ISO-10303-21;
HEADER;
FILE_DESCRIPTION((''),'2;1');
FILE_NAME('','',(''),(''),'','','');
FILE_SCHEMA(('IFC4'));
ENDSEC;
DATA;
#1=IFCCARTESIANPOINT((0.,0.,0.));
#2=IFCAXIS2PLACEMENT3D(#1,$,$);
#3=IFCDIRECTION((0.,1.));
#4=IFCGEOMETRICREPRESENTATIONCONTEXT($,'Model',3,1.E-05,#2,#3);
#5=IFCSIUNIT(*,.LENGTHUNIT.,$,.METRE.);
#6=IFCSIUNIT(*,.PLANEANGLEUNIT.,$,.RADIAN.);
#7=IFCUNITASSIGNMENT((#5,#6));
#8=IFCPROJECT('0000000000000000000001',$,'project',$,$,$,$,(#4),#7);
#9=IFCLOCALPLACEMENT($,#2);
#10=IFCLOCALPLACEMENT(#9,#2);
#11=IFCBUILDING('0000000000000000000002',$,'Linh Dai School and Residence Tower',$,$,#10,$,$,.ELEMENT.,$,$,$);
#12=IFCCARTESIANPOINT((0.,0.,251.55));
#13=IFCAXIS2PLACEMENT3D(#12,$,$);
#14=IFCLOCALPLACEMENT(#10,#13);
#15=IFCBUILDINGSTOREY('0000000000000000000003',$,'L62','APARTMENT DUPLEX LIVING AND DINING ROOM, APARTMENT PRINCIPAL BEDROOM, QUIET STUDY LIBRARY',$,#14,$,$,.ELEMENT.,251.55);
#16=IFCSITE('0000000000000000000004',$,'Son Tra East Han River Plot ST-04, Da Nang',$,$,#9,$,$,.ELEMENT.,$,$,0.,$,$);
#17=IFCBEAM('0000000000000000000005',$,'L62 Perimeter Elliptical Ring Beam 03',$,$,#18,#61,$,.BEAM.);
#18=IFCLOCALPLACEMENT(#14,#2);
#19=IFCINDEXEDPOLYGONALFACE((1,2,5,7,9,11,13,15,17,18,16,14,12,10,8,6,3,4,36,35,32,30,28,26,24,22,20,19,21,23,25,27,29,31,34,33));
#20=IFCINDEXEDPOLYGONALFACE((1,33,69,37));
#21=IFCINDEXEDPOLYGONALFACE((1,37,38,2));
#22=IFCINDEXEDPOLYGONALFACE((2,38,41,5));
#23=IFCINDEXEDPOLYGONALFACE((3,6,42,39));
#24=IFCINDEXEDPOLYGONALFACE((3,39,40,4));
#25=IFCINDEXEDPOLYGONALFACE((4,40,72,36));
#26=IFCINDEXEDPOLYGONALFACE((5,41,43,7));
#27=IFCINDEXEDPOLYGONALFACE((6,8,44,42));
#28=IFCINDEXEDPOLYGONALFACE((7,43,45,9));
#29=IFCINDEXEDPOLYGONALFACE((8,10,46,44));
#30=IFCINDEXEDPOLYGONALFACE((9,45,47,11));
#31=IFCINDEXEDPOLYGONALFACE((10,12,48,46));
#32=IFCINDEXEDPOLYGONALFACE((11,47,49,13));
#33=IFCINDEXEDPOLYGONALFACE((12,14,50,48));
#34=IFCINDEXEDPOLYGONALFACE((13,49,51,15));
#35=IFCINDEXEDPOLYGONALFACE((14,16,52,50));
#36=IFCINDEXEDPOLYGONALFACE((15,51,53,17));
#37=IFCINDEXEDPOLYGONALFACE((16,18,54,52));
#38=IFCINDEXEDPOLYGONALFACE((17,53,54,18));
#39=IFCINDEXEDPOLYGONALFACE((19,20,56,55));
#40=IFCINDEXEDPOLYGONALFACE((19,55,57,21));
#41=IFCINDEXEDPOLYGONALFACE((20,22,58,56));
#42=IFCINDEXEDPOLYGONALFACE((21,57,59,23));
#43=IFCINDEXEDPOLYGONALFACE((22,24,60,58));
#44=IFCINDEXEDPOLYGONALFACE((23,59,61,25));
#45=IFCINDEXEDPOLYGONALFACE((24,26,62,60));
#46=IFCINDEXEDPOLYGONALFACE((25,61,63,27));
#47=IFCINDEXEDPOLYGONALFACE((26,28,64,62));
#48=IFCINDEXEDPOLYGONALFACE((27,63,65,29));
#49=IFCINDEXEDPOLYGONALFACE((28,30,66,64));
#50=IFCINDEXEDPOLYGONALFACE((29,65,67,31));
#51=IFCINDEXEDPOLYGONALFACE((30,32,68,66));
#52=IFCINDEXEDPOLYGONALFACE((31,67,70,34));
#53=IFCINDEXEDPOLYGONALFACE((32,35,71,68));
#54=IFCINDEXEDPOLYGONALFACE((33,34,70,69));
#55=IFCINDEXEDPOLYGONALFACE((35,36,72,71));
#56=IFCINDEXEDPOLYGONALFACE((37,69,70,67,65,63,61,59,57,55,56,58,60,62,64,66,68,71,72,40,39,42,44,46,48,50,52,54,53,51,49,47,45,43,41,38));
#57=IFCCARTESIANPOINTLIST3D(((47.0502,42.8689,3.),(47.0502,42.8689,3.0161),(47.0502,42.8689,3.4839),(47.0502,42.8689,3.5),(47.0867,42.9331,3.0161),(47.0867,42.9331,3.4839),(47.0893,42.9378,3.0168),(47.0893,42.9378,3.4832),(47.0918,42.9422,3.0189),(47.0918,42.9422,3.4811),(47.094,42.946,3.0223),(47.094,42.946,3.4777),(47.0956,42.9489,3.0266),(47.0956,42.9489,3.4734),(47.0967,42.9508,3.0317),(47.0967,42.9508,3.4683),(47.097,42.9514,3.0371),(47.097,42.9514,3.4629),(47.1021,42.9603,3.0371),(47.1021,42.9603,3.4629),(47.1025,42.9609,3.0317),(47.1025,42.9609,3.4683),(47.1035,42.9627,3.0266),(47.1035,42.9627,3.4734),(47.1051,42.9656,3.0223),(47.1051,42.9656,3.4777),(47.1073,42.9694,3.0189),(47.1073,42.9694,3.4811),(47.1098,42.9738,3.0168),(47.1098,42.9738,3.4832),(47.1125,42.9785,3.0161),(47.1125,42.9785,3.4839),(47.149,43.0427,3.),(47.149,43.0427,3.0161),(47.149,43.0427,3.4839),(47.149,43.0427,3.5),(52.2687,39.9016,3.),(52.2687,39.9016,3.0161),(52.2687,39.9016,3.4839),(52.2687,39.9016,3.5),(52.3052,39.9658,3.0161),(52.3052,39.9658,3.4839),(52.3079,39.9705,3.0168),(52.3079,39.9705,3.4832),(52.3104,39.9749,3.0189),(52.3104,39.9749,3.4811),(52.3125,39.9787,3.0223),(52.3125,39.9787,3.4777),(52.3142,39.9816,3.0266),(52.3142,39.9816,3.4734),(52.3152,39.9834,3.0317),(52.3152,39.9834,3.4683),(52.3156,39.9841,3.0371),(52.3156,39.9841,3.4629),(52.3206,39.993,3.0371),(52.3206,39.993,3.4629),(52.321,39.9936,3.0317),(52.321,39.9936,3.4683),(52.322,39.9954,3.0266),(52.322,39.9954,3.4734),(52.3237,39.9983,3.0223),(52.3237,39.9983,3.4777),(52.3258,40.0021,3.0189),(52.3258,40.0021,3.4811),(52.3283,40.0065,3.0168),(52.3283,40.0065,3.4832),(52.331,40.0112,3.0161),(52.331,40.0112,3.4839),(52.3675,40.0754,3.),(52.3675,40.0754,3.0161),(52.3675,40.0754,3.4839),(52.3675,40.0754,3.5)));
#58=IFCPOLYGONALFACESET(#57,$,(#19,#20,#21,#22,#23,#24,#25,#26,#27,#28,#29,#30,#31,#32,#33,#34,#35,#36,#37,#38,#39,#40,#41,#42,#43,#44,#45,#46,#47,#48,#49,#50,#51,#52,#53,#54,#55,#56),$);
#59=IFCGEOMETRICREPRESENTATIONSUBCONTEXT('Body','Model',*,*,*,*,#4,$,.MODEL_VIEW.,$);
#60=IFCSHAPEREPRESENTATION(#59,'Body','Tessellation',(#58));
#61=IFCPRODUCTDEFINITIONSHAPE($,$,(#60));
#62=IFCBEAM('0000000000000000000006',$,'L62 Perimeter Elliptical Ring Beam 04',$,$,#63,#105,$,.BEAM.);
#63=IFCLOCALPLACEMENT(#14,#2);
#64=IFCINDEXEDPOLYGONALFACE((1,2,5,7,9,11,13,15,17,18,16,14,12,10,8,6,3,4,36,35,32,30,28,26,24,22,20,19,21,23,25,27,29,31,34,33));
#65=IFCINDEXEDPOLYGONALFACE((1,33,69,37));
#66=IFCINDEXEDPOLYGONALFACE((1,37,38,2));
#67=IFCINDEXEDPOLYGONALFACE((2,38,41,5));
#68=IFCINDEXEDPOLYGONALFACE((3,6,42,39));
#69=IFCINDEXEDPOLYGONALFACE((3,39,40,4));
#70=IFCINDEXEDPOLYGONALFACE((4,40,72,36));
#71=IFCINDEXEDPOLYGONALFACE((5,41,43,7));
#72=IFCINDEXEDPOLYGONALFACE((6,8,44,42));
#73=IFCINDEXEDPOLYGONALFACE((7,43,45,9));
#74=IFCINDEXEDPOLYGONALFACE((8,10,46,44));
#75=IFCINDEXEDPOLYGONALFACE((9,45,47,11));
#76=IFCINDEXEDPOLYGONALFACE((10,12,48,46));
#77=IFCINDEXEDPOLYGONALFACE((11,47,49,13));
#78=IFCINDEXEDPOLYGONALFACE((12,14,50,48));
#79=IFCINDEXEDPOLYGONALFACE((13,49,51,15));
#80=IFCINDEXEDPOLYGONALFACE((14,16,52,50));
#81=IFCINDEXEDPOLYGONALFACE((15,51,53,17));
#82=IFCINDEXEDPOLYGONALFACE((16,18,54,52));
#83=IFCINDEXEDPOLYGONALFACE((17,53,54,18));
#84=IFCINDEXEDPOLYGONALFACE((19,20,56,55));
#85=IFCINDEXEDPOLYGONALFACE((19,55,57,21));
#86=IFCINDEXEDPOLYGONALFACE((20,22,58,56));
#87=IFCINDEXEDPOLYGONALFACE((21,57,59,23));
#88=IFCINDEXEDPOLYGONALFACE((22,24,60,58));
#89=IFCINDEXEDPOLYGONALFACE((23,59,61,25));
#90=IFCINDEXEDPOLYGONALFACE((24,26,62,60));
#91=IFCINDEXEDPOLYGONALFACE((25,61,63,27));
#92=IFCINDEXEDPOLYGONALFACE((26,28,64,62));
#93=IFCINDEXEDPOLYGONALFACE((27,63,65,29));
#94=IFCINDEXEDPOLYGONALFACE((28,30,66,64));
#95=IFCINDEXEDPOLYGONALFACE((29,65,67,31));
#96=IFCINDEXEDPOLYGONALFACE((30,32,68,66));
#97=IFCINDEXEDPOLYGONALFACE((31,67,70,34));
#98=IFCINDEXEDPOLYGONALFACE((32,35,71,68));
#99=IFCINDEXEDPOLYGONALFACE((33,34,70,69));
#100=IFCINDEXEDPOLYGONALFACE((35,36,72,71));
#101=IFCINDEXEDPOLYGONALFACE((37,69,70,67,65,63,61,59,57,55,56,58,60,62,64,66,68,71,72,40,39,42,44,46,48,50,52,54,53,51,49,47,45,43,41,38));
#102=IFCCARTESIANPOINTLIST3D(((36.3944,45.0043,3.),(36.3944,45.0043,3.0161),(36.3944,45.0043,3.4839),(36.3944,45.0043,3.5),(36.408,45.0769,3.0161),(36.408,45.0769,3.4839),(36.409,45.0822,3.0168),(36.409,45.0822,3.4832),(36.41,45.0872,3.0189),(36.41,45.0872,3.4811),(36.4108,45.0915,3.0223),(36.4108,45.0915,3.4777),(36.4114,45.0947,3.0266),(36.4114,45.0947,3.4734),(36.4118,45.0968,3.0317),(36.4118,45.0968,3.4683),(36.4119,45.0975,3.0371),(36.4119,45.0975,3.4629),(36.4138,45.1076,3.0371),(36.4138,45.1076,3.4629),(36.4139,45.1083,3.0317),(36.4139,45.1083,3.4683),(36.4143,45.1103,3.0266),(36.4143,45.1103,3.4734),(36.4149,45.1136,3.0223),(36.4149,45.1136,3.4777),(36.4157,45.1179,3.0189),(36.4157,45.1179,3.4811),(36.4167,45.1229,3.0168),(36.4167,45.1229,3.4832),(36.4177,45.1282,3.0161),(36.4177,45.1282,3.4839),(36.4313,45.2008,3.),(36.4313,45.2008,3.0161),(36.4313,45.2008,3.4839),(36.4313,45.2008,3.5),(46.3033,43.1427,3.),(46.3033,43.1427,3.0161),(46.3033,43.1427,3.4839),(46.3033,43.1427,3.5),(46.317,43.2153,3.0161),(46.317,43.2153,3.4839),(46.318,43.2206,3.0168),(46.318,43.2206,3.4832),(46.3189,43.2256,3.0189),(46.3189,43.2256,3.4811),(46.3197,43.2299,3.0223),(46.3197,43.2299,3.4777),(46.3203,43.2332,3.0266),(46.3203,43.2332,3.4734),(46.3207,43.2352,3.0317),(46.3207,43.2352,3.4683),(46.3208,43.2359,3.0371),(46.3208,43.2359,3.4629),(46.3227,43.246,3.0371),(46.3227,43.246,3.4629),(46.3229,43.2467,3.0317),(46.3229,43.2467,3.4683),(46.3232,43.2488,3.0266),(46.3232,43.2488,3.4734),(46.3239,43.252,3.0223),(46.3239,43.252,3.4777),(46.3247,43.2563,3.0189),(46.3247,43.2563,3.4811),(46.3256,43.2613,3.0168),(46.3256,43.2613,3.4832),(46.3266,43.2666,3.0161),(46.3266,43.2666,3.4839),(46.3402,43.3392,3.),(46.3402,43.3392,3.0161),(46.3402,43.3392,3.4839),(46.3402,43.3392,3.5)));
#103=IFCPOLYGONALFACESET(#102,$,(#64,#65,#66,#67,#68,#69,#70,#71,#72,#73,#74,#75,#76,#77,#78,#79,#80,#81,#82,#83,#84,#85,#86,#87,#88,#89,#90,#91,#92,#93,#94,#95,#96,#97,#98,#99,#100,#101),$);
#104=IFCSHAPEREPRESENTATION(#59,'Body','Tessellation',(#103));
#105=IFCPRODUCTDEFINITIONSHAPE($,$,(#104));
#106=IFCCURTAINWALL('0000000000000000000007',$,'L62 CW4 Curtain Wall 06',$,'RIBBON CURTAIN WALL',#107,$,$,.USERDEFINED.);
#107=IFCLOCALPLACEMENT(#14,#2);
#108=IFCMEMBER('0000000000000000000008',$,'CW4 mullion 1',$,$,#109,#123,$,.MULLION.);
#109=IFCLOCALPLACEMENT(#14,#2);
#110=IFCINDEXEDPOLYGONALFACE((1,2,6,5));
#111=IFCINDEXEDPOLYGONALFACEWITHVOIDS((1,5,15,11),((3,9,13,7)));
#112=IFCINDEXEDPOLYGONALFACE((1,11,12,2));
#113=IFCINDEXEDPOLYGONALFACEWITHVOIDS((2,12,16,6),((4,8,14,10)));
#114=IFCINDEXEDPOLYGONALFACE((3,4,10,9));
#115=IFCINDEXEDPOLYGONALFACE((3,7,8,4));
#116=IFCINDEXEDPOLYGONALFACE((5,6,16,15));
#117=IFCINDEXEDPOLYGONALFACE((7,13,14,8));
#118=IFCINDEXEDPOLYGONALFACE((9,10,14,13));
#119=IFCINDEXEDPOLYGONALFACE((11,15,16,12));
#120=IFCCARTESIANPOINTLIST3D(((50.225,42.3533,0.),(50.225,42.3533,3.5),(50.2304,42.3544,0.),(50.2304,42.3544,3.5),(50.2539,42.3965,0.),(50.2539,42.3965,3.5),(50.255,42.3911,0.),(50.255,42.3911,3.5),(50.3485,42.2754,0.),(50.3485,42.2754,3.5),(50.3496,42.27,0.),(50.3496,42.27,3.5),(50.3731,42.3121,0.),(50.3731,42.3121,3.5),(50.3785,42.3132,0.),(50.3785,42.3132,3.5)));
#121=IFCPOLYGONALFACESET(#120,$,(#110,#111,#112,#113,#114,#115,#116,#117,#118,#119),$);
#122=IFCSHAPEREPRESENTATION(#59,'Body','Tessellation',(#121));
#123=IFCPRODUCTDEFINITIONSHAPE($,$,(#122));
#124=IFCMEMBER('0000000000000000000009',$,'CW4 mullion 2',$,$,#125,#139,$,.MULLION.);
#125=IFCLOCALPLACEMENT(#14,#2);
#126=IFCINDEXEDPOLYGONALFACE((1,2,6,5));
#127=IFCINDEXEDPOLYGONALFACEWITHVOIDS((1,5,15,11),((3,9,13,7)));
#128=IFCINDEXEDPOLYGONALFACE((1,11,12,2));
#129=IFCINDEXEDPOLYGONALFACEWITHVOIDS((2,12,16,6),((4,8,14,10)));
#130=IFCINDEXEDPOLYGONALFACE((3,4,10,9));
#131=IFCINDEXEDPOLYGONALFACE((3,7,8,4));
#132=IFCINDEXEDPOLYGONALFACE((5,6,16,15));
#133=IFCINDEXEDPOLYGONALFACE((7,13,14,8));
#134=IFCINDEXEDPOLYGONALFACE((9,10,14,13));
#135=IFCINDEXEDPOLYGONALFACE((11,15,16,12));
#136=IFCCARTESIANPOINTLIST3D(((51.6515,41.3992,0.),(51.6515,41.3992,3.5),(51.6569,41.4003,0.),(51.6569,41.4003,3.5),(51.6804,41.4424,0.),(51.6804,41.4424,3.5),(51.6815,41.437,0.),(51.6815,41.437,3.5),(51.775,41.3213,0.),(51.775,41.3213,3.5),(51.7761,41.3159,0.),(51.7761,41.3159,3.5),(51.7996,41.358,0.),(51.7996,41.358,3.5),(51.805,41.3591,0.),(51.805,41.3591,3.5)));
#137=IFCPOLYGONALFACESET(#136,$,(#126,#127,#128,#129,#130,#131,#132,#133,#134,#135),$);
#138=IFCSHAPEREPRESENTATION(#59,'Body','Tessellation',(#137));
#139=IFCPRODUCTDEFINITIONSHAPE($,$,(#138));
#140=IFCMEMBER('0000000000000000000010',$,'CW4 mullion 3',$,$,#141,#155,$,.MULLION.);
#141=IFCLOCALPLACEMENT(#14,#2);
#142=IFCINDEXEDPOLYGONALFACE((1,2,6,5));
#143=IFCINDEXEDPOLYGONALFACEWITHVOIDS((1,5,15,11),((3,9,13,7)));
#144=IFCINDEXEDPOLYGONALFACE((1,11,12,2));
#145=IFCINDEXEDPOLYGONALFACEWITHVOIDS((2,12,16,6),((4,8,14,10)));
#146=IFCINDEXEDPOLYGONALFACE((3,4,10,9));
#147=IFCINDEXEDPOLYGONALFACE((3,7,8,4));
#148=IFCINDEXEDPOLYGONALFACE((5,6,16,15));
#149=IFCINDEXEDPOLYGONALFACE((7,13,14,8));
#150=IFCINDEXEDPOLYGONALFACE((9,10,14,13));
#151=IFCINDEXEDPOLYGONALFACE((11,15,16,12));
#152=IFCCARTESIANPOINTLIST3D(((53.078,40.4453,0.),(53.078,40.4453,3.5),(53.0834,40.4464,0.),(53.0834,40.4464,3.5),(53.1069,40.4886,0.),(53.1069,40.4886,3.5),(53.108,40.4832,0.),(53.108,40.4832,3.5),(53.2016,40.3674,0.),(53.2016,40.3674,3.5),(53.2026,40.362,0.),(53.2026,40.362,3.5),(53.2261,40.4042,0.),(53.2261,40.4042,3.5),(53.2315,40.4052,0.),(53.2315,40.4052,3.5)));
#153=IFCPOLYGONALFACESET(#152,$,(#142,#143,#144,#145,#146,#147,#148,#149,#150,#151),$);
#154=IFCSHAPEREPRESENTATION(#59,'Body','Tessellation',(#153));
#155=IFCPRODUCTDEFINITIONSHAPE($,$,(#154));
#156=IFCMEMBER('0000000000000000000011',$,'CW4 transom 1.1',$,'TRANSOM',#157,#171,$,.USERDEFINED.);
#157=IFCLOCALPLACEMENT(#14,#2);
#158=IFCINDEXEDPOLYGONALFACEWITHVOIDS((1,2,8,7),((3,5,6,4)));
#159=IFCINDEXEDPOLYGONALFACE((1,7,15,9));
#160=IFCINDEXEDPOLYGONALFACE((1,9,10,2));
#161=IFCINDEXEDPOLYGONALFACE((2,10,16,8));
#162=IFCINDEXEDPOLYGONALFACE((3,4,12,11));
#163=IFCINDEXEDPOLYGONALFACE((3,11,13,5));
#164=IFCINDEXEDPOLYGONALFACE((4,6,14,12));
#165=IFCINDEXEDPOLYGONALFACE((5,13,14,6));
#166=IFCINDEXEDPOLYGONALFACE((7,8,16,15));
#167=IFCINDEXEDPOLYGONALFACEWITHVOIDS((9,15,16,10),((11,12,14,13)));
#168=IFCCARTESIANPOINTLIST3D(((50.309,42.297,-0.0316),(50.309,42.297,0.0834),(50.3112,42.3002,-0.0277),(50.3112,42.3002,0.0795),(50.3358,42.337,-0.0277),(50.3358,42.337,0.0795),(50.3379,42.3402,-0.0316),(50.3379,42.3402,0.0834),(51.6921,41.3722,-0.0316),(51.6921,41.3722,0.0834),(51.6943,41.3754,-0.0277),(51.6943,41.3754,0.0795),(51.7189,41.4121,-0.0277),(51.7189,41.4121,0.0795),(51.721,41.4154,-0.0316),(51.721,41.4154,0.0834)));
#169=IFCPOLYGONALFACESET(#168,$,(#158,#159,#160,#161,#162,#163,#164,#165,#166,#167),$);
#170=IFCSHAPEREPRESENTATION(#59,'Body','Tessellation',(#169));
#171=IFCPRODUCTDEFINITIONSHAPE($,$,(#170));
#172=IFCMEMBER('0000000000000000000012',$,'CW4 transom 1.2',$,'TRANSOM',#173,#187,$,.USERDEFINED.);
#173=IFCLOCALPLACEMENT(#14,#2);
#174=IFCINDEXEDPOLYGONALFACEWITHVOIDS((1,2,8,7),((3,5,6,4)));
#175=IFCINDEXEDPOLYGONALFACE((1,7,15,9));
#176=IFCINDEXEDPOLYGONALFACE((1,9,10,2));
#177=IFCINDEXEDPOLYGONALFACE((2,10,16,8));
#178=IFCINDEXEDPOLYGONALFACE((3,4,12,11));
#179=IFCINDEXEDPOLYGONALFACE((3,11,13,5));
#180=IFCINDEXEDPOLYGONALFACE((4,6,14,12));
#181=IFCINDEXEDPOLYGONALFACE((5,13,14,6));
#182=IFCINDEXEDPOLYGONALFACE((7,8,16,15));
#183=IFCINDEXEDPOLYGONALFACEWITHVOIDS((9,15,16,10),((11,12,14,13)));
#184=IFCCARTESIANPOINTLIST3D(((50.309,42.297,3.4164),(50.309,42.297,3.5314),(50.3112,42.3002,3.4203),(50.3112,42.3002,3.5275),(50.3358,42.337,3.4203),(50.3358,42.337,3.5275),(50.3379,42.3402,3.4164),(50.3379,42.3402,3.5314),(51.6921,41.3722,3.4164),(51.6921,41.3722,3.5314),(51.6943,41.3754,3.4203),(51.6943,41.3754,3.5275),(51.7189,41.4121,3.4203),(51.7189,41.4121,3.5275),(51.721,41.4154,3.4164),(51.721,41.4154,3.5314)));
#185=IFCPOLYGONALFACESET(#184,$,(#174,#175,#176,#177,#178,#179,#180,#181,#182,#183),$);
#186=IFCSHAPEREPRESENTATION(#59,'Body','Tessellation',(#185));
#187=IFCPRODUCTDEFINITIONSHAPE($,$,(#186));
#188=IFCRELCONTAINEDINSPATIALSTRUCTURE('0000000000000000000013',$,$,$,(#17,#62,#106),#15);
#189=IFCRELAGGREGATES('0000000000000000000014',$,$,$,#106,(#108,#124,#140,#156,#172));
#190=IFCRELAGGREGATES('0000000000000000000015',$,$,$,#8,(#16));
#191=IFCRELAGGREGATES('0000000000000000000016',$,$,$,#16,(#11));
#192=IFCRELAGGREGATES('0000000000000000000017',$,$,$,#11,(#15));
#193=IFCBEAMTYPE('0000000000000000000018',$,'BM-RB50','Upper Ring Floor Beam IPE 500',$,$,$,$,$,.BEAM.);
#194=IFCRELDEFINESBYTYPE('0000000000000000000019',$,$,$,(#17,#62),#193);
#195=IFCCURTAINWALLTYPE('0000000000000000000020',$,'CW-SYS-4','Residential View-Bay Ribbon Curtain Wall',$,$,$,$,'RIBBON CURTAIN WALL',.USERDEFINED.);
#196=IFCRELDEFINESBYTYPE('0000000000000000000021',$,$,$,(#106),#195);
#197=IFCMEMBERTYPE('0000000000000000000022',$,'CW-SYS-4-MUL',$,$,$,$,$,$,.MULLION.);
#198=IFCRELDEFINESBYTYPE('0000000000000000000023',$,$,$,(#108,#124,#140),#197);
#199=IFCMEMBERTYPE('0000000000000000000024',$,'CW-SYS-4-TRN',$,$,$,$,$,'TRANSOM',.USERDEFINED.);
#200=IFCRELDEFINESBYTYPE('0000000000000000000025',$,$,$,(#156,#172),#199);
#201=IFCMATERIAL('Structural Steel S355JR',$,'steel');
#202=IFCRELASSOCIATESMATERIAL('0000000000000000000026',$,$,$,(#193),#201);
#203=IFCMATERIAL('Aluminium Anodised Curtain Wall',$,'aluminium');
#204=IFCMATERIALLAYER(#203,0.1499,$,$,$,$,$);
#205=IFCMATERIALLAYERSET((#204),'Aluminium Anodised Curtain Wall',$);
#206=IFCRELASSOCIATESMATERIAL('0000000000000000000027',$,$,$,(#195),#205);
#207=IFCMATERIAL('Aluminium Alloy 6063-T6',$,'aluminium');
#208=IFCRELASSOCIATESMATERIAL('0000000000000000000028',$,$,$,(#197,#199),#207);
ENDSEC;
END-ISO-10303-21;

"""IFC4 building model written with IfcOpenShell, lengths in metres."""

from ifc_helpers import new_model, si_unit, direction, frame, origin, origin_2d, place, context, subcontext, project, spatial, hollow_rectangle, i_section, extrude, source, transform, mapped, material, layer, layer_set, material_profile, profile_set, type_object, element, aggregate, save


model = new_model("IFC4")

# Units and contexts
model_context = context("Model", 3, precision=1e-05, world=origin(), true_north=direction((0.0, 1.0)))
body_context = subcontext(model_context, "Body", "Model", "MODEL_VIEW")
ifc_project = project(units=[si_unit("LENGTHUNIT", "METRE"), si_unit("PLANEANGLEUNIT", "RADIAN")], contexts=[model_context])

# Site, building, storey
site_placement = place(None, origin())
site = spatial("IfcSite", under=ifc_project, at=site_placement, Name="Son Tra East Han River Plot ST-04, Da Nang", CompositionType="ELEMENT", RefElevation=0.0)
building_placement = place(site_placement, origin())
building = spatial("IfcBuilding", under=site, at=building_placement, Name="Linh Dai School and Residence Tower", CompositionType="ELEMENT")
storey_placement = place(building_placement, frame((0.0, 0.0, 251.55)))
storey = spatial("IfcBuildingStorey", under=building, at=storey_placement, Name="L62", Description="APARTMENT DUPLEX LIVING AND DINING ROOM, APARTMENT PRINCIPAL BEDROOM, QUIET STUDY LIBRARY", CompositionType="ELEMENT", Elevation=251.55)

# Shared definitions
ifc_material_1 = material(Name="Structural Steel S355JR", Category="steel")

# Beams
ifc_material_profile_1 = material_profile(ifc_material_1, i_section(OverallWidth=0.2, OverallDepth=0.5, WebThickness=0.0103, FlangeThickness=0.0161, FilletRadius=0.021, at=origin_2d()), Name="IPE 500")
ifc_profile_set_1 = profile_set([ifc_material_profile_1], Name="Structural Steel S355JR")
beam_type_1 = type_object("IfcBeamType", Name="BM-RB50", Description="Upper Ring Floor Beam IPE 500", PredefinedType="BEAM", material=ifc_profile_set_1)
beam_1_placement = place(storey_placement, frame((52.3181, 39.9885, 3.25), z_axis=(-0.869297, 0.49429, 0.0), x_axis=(-0.49429, -0.869297, 0.0)))
element("IfcBeam", 1, at=beam_1_placement, inside=storey, type_object=beam_type_1, Name="L62 Perimeter Elliptical Ring Beam 03", PredefinedType="BEAM", context=body_context, shape_type="SweptSolid", body=[
    extrude(i_section(OverallWidth=0.2, OverallDepth=0.5, WebThickness=0.0103, FlangeThickness=0.0161, FilletRadius=0.021, at=origin_2d()), origin(), (0.0, 0.0, 1.0), 6.0032),
])
beam_2_placement = place(storey_placement, frame((46.3218, 43.241, 3.25), z_axis=(-0.982807, 0.184638, 0.0), x_axis=(-0.184638, -0.982807, 0.0)))
element("IfcBeam", 2, at=beam_2_placement, inside=storey, type_object=beam_type_1, Name="L62 Perimeter Elliptical Ring Beam 04", PredefinedType="BEAM", context=body_context, shape_type="SweptSolid", body=[
    extrude(i_section(OverallWidth=0.2, OverallDepth=0.5, WebThickness=0.0103, FlangeThickness=0.0161, FilletRadius=0.021, at=origin_2d()), origin(), (0.0, 0.0, 1.0), 10.0823),
])

# Curtain wall, members
ifc_material_2 = material(Name="Aluminium Anodised Curtain Wall", Category="aluminium")
ifc_layer_1 = layer(ifc_material_2, 0.1499)
ifc_layer_set_1 = layer_set([ifc_layer_1], Name="Aluminium Anodised Curtain Wall")
curtain_wall_type = type_object("IfcCurtainWallType", Name="CW-SYS-4", Description="Residential View-Bay Ribbon Curtain Wall", ElementType="RIBBON CURTAIN WALL", PredefinedType="USERDEFINED", material=ifc_layer_set_1)
curtain_wall_placement = place(storey_placement, origin())
curtain_wall = element("IfcCurtainWall", 3, at=curtain_wall_placement, inside=storey, type_object=curtain_wall_type, Name="L62 CW4 Curtain Wall 06", ObjectType="RIBBON CURTAIN WALL", PredefinedType="USERDEFINED")
ifc_material_3 = material(Name="Aluminium Alloy 6063-T6", Category="aluminium")
ifc_material_profile_2 = material_profile(ifc_material_3, hollow_rectangle(XDim=0.052, YDim=0.1499, WallThickness=0.0039, at=origin_2d()), Name="RHS 150x52x4")
ifc_profile_set_2 = profile_set([ifc_material_profile_2], Name="Aluminium Alloy 6063-T6")
member_type_1 = type_object("IfcMemberType", Name="CW-SYS-4-MUL", PredefinedType="MULLION", material=ifc_profile_set_2)
shared_shape_1 = source(origin(), body_context, "Body", "SweptSolid", [
    extrude(hollow_rectangle(XDim=0.052, YDim=0.1499, WallThickness=0.0039, at=origin_2d()), origin(), (0.0, 0.0, 1.0), 3.5),
])
member_1_placement = place(storey_placement, frame((50.3018, 42.3333, 0.0), z_axis=(0.0, 0.0, 1.0), x_axis=(0.555887, 0.831258, 0.0)))
member_1 = element("IfcMember", 4, at=member_1_placement, type_object=member_type_1, Name="CW4 mullion 1", PredefinedType="MULLION", context=body_context, shape_type="MappedRepresentation", body=[
    mapped(shared_shape_1, transform((0.0, 0.0, 0.0), x_axis=(1.0, 0.0, 0.0), y_axis=(0.0, 1.0, 0.0), z_axis=(0.0, 0.0, 1.0), scale=1.0)),
])
member_2_placement = place(storey_placement, frame((51.7283, 41.3792, 0.0), z_axis=(0.0, 0.0, 1.0), x_axis=(0.555887, 0.831258, 0.0)))
member_2 = element("IfcMember", 5, at=member_2_placement, type_object=member_type_1, Name="CW4 mullion 2", PredefinedType="MULLION", context=body_context, shape_type="MappedRepresentation", body=[
    mapped(shared_shape_1, transform((0.0, 0.0, 0.0), x_axis=(1.0, 0.0, 0.0), y_axis=(0.0, 1.0, 0.0), z_axis=(0.0, 0.0, 1.0), scale=1.0)),
])
member_3_placement = place(storey_placement, frame((53.1548, 40.4253, 0.0), z_axis=(0.0, 0.0, 1.0), x_axis=(0.555887, 0.831258, 0.0)))
member_3 = element("IfcMember", 6, at=member_3_placement, type_object=member_type_1, Name="CW4 mullion 3", PredefinedType="MULLION", context=body_context, shape_type="MappedRepresentation", body=[
    mapped(shared_shape_1, transform((0.0, 0.0, 0.0), x_axis=(1.0, 0.0, 0.0), y_axis=(0.0, 1.0, 0.0), z_axis=(0.0, 0.0, 1.0), scale=1.0)),
])
ifc_material_profile_3 = material_profile(ifc_material_3, hollow_rectangle(XDim=0.052, YDim=0.115, WallThickness=0.0039, at=origin_2d()), Name="RHS 115x52x4")
ifc_profile_set_3 = profile_set([ifc_material_profile_3], Name="Aluminium Alloy 6063-T6")
member_type_2 = type_object("IfcMemberType", Name="CW-SYS-4-TRN", ElementType="TRANSOM", PredefinedType="USERDEFINED", material=ifc_profile_set_3)
shared_shape_2 = source(origin(), body_context, "Body", "SweptSolid", [
    extrude(hollow_rectangle(XDim=0.052, YDim=0.115, WallThickness=0.0039, at=origin_2d()), origin(), (0.0, 0.0, 1.0), 1.6638),
])
member_4_placement = place(storey_placement, frame((50.3235, 42.3186, 0.0259), z_axis=(0.831282, -0.555851, 0.0), x_axis=(0.555851, 0.831282, 0.0)))
member_4 = element("IfcMember", 7, at=member_4_placement, type_object=member_type_2, Name="CW4 transom 1.1", ObjectType="TRANSOM", PredefinedType="USERDEFINED", context=body_context, shape_type="MappedRepresentation", body=[
    mapped(shared_shape_2, transform((0.0, 0.0, 0.0), x_axis=(1.0, 0.0, 0.0), y_axis=(0.0, 1.0, 0.0), z_axis=(0.0, 0.0, 1.0), scale=1.0)),
])
member_5_placement = place(storey_placement, frame((50.3235, 42.3186, 3.4739), z_axis=(0.831282, -0.555851, 0.0), x_axis=(0.555851, 0.831282, 0.0)))
member_5 = element("IfcMember", 8, at=member_5_placement, type_object=member_type_2, Name="CW4 transom 1.2", ObjectType="TRANSOM", PredefinedType="USERDEFINED", context=body_context, shape_type="MappedRepresentation", body=[
    mapped(shared_shape_2, transform((0.0, 0.0, 0.0), x_axis=(1.0, 0.0, 0.0), y_axis=(0.0, 1.0, 0.0), z_axis=(0.0, 0.0, 1.0), scale=1.0)),
])

aggregate(curtain_wall, [member_1, member_2, member_3, member_4, member_5])

save(model, "model.ifc")
